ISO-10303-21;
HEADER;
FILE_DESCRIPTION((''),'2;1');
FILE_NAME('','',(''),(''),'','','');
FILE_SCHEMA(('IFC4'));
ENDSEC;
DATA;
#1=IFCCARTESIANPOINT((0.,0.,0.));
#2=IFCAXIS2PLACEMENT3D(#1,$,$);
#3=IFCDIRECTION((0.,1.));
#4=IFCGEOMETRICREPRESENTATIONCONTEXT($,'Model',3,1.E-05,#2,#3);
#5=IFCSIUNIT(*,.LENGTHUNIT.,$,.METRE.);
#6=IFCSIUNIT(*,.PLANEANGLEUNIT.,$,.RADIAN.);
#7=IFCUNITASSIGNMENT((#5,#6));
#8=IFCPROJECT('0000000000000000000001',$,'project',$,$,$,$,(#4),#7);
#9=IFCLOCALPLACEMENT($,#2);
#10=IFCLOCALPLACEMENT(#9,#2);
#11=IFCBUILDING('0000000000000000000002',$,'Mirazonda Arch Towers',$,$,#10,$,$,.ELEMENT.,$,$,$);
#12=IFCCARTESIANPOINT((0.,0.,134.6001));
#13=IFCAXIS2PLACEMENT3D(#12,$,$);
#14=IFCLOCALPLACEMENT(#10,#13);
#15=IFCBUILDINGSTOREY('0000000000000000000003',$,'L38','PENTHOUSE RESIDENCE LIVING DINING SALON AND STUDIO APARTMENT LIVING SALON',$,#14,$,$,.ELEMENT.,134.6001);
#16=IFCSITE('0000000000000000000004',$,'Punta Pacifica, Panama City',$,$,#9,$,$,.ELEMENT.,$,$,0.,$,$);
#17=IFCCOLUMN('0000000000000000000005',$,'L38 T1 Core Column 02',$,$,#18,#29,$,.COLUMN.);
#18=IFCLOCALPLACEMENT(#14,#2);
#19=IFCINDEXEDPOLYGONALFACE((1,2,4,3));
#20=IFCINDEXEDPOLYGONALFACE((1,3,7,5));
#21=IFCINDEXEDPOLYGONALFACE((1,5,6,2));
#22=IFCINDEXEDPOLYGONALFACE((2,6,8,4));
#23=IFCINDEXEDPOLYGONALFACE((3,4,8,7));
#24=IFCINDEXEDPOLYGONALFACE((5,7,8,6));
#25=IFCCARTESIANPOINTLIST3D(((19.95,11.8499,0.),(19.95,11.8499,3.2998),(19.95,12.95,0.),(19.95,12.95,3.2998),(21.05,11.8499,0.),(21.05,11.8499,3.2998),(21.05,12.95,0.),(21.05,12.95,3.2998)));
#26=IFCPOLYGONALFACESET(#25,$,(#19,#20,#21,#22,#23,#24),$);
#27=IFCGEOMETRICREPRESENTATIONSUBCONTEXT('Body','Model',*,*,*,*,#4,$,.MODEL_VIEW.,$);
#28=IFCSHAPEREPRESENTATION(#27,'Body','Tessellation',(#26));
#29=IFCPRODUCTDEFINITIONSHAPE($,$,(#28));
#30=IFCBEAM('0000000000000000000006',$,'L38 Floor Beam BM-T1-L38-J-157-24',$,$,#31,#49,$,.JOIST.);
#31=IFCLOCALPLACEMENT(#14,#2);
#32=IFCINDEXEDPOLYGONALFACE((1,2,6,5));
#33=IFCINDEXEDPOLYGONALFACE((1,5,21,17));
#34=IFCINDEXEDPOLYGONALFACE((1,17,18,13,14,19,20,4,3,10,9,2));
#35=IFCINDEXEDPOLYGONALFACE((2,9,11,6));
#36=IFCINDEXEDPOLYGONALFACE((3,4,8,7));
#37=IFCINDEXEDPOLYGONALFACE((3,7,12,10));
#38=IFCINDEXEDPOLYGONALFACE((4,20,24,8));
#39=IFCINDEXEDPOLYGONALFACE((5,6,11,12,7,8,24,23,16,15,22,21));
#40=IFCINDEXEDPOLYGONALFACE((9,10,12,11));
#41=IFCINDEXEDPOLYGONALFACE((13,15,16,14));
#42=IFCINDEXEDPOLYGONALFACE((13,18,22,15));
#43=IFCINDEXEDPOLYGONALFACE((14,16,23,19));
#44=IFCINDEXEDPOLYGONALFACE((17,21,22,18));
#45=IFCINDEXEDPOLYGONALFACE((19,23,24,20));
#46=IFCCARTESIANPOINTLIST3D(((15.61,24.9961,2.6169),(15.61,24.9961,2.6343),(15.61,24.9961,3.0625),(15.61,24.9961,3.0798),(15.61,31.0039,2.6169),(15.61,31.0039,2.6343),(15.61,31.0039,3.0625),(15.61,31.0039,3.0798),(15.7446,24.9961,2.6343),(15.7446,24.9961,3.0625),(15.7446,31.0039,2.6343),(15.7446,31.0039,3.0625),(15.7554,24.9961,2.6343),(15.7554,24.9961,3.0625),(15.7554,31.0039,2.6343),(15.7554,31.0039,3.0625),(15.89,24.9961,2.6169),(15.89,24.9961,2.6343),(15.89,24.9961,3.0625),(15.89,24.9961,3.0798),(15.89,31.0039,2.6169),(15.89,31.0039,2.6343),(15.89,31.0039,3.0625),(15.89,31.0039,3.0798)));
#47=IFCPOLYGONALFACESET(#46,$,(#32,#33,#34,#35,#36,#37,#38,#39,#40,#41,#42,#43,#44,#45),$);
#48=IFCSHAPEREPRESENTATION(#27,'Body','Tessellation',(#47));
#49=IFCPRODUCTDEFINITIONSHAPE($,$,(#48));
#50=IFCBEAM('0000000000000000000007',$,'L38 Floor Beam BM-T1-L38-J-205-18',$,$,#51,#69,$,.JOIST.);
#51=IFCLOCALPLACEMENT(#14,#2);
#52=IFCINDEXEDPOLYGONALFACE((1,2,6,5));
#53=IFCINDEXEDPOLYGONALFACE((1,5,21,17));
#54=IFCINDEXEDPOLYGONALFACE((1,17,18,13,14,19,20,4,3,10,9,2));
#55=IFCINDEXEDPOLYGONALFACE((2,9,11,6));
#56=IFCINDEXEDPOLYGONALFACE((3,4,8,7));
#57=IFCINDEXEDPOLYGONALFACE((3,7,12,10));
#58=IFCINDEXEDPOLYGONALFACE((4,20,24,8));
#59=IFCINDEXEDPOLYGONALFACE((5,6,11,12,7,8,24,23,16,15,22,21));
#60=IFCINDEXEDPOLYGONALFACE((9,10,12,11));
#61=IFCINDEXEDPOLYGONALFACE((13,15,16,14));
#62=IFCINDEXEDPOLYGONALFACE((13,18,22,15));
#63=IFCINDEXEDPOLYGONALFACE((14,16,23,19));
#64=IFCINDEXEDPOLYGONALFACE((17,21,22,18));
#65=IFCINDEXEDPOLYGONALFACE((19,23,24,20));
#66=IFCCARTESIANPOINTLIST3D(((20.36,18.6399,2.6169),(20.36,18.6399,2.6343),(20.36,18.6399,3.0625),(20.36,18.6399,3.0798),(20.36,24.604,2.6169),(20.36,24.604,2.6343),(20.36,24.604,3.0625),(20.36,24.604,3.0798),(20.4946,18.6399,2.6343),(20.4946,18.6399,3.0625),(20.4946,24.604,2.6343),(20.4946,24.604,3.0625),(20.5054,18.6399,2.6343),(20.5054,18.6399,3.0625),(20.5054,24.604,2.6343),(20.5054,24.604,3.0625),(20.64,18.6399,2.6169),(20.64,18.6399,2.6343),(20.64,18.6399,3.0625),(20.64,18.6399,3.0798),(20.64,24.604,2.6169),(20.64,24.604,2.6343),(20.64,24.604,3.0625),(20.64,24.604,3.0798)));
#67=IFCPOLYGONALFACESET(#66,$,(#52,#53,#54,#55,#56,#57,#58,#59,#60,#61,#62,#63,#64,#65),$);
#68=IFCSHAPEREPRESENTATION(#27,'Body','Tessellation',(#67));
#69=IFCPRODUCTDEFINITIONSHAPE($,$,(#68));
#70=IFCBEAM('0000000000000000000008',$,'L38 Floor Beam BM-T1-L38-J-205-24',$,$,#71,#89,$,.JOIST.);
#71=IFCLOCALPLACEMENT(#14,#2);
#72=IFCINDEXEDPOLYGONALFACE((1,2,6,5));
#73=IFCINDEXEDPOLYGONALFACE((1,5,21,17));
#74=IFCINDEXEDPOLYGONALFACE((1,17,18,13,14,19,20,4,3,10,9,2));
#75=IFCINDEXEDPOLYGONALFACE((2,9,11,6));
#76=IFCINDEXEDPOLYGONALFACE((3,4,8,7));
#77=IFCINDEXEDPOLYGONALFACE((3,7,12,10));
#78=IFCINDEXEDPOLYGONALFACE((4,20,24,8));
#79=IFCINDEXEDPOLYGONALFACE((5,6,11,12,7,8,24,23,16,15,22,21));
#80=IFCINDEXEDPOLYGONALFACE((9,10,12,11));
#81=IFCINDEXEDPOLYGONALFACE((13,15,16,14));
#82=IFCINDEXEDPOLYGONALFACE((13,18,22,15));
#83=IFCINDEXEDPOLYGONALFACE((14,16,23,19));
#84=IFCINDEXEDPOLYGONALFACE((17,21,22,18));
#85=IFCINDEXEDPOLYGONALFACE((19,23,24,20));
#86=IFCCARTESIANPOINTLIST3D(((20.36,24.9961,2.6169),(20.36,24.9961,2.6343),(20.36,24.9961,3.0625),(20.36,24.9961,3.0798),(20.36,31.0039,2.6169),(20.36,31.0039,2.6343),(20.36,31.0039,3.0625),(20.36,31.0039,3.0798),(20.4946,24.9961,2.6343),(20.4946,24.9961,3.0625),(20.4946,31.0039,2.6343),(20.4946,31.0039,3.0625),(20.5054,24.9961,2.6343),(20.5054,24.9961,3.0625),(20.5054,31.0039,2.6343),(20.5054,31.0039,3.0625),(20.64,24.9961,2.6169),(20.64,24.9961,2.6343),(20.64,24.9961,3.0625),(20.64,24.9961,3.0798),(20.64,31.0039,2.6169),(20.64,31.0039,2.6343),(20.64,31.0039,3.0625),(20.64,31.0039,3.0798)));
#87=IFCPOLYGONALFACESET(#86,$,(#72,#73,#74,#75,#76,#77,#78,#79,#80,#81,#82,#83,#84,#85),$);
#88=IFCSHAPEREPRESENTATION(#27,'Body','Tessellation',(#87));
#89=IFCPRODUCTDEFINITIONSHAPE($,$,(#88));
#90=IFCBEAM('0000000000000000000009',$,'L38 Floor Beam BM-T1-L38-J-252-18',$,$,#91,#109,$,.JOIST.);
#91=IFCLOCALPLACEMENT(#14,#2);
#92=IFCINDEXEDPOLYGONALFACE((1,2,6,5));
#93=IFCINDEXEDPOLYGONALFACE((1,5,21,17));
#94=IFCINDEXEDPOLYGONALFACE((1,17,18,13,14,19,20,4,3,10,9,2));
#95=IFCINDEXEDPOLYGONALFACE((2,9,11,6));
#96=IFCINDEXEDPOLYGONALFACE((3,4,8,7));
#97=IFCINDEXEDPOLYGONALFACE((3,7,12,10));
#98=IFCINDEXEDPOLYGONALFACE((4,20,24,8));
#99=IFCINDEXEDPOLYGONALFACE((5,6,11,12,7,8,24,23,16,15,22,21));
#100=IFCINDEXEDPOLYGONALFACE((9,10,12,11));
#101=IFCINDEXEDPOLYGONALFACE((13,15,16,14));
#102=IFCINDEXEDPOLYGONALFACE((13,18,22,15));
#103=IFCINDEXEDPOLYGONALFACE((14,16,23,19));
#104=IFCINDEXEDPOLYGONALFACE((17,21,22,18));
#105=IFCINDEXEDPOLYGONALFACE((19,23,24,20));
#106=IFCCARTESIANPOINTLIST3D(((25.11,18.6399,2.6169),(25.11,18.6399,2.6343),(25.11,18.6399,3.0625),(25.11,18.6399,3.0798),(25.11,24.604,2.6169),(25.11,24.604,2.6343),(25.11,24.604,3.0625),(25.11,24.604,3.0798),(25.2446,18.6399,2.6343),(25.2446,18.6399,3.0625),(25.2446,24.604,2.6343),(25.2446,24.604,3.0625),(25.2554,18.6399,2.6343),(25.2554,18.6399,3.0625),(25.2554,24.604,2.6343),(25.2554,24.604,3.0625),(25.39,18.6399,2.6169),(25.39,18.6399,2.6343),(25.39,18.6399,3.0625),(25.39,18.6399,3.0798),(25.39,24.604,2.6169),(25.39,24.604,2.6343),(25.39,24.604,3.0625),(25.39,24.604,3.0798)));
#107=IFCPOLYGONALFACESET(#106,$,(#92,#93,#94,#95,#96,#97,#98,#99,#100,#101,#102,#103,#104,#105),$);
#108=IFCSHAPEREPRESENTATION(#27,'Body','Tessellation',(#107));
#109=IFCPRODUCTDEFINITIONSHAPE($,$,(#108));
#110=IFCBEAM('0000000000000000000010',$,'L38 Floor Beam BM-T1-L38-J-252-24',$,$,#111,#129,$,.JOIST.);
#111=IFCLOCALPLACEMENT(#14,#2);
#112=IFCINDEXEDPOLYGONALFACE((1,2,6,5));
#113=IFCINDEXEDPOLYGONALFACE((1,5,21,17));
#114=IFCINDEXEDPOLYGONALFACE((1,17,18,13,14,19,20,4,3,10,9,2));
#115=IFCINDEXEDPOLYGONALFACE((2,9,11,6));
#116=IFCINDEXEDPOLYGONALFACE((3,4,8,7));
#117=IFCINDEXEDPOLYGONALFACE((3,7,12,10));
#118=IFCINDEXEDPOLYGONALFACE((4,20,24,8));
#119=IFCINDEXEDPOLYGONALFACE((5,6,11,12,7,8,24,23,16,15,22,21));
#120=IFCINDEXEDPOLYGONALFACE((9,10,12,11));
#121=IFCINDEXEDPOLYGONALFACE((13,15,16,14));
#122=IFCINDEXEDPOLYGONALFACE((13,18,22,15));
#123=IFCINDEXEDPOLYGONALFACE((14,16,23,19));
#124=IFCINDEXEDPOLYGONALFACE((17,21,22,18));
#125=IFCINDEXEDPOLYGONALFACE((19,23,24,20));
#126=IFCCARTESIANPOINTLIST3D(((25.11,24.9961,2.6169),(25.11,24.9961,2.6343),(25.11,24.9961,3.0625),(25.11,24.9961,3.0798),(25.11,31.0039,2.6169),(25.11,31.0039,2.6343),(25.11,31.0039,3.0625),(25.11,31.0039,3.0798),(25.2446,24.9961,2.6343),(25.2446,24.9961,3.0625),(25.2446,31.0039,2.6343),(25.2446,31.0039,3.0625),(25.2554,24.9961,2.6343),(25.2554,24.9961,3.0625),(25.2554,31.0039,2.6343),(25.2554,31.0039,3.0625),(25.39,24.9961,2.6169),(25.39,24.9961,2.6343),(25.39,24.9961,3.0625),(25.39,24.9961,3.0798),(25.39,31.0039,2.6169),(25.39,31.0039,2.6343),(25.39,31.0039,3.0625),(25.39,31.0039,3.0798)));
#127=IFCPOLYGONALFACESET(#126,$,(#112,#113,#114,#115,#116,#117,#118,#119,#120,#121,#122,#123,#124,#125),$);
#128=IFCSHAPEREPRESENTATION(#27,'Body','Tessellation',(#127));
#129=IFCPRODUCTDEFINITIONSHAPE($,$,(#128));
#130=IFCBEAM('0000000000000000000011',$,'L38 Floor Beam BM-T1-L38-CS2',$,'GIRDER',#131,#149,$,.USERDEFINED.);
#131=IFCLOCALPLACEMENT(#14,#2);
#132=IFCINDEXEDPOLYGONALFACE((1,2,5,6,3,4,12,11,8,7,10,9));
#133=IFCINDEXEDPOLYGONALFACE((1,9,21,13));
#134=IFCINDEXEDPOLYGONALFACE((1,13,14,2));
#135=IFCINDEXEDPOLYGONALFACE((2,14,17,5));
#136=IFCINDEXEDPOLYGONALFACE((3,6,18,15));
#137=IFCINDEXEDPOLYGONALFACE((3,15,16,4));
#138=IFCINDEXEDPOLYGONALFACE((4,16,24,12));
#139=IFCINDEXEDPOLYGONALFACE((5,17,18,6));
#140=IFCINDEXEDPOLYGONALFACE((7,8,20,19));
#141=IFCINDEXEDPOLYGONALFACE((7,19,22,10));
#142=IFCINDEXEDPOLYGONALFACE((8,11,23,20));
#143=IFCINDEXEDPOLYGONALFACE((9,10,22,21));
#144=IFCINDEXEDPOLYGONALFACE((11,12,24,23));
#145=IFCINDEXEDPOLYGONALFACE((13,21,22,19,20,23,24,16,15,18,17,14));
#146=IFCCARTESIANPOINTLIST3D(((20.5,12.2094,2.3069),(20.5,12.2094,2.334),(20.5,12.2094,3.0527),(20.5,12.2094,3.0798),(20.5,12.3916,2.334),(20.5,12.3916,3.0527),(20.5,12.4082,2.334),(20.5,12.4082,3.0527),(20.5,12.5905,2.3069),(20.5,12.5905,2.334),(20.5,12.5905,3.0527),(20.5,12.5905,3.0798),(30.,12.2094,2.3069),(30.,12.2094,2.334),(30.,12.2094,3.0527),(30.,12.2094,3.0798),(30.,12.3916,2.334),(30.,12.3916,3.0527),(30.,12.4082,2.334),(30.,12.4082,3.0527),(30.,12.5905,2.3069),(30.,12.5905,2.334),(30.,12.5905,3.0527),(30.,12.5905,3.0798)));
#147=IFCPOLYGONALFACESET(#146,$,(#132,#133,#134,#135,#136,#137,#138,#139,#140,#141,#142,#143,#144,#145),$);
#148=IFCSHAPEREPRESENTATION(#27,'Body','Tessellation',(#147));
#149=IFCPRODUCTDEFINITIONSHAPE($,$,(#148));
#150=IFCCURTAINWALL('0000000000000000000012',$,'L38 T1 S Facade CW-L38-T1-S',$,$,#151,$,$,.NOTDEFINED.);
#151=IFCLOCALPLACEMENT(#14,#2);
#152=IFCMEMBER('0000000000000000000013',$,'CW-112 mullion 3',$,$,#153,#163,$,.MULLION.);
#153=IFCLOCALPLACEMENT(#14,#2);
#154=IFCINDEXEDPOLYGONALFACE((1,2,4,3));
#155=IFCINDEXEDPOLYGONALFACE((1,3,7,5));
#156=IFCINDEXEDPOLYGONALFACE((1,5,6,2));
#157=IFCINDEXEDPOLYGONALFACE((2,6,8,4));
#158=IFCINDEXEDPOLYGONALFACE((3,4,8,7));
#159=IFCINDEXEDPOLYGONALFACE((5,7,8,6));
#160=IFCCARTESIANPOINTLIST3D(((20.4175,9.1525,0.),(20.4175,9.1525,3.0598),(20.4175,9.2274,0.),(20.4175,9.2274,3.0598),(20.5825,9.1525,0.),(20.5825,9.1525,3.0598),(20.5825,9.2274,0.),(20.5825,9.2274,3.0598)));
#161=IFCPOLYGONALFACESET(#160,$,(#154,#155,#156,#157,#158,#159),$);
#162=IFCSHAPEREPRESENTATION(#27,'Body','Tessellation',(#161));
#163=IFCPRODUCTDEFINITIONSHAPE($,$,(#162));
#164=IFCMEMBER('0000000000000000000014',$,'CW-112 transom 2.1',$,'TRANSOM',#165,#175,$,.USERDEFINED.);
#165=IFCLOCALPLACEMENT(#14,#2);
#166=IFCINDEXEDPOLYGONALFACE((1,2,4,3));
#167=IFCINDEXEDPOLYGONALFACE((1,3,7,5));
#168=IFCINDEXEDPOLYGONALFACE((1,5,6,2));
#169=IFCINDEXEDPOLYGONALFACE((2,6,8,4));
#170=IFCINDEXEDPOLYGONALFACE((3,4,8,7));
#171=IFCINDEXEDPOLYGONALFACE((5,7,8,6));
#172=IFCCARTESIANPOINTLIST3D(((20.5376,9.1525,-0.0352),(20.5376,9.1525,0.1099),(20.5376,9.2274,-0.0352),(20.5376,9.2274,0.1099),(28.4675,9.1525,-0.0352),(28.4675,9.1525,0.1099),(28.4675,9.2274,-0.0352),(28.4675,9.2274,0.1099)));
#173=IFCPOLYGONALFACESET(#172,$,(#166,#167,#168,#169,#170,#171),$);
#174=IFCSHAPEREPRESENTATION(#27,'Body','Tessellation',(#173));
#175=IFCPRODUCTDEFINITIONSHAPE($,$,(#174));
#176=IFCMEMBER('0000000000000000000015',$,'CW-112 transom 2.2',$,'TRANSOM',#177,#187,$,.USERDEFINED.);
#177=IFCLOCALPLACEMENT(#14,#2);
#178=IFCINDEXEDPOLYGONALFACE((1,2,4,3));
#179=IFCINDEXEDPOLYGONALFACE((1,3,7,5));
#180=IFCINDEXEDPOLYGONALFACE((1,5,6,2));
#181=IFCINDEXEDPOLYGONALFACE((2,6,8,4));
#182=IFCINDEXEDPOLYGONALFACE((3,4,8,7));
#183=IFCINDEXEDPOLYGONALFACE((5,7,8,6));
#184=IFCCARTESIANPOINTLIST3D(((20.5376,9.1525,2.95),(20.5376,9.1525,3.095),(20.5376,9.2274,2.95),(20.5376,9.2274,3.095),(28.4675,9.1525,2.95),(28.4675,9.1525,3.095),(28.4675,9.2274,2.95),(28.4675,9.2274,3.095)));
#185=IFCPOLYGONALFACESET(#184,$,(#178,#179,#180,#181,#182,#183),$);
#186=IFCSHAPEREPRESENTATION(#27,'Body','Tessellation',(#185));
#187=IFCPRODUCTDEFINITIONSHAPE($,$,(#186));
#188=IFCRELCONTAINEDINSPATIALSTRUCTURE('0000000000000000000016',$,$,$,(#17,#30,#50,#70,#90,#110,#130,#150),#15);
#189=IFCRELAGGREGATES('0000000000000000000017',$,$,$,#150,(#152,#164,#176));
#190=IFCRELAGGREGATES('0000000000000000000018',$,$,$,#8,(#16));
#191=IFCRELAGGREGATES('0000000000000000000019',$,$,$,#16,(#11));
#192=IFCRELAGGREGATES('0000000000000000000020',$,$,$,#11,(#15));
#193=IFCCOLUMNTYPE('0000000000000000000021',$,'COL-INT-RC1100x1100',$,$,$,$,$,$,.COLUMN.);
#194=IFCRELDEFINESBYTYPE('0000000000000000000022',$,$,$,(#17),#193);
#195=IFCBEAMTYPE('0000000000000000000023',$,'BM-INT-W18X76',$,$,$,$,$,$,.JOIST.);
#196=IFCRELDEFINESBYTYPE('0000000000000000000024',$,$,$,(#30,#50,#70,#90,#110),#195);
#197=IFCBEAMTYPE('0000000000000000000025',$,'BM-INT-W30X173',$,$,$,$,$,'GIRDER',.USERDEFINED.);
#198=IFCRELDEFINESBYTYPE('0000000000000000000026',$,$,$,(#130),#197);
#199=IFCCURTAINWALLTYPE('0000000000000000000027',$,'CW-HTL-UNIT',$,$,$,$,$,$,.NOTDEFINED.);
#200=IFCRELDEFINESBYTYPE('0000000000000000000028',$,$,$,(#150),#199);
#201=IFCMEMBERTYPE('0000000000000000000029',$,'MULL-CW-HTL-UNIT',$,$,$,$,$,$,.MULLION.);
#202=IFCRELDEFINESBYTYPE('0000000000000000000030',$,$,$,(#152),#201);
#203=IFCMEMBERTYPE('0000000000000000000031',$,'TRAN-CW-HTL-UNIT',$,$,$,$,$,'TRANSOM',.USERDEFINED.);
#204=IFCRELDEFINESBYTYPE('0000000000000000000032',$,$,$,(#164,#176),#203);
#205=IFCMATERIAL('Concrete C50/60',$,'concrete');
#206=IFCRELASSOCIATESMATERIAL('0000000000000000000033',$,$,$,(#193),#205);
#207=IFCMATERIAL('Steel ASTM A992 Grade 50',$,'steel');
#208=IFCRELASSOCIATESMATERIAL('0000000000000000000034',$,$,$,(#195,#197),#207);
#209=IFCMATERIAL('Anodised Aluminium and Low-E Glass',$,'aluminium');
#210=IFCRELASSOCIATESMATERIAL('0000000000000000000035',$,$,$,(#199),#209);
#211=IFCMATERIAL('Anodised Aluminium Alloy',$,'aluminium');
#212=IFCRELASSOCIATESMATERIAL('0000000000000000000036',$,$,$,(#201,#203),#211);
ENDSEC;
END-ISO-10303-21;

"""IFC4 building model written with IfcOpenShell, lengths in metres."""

from ifc_helpers import new_model, si_unit, direction, frame, origin, origin_2d, place, context, subcontext, project, spatial, rectangle, i_section, extrude, material, material_profile, profile_set, type_object, element, aggregate, save


model = new_model("IFC4")

# Units and contexts
model_context = context("Model", 3, precision=1e-05, world=origin(), true_north=direction((0.0, 1.0)))
body_context = subcontext(model_context, "Body", "Model", "MODEL_VIEW")
ifc_project = project(units=[si_unit("LENGTHUNIT", "METRE"), si_unit("PLANEANGLEUNIT", "RADIAN")], contexts=[model_context])

# Site, building, storey
site_placement = place(None, origin())
site = spatial("IfcSite", under=ifc_project, at=site_placement, Name="Punta Pacifica, Panama City", CompositionType="ELEMENT", RefElevation=0.0)
building_placement = place(site_placement, origin())
building = spatial("IfcBuilding", under=site, at=building_placement, Name="Mirazonda Arch Towers", CompositionType="ELEMENT")
storey_placement = place(building_placement, frame((0.0, 0.0, 134.6001)))
storey = spatial("IfcBuildingStorey", under=building, at=storey_placement, Name="L38", Description="PENTHOUSE RESIDENCE LIVING DINING SALON AND STUDIO APARTMENT LIVING SALON", CompositionType="ELEMENT", Elevation=134.6001)

# Column
ifc_material_1 = material(Name="Concrete C50/60", Category="concrete")
ifc_material_profile_1 = material_profile(ifc_material_1, rectangle(XDim=1.1001, YDim=1.1001, at=origin_2d()), Name="RC1100x1100")
ifc_profile_set_1 = profile_set([ifc_material_profile_1], Name="Concrete C50/60")
column_type = type_object("IfcColumnType", Name="COL-INT-RC1100x1100", PredefinedType="COLUMN", material=ifc_profile_set_1)
column_placement = place(storey_placement, frame((20.5, 12.3999, 0.0), z_axis=(0.0, 0.0, 1.0), x_axis=(1.0, 0.0, 0.0)))
element("IfcColumn", 1, at=column_placement, inside=storey, type_object=column_type, Name="L38 T1 Core Column 02", PredefinedType="COLUMN", context=body_context, shape_type="SweptSolid", body=[
    extrude(rectangle(XDim=1.1001, YDim=1.1001, at=origin_2d()), origin(), (0.0, 0.0, 1.0), 3.2998),
])

# Beams
ifc_material_2 = material(Name="Steel ASTM A992 Grade 50", Category="steel")
ifc_material_profile_2 = material_profile(ifc_material_2, i_section(OverallWidth=0.28, OverallDepth=0.4629, WebThickness=0.0107, FlangeThickness=0.0173, at=origin_2d()), Name="W18X76")
ifc_profile_set_2 = profile_set([ifc_material_profile_2], Name="Steel ASTM A992 Grade 50")
beam_type_1 = type_object("IfcBeamType", Name="BM-INT-W18X76", PredefinedType="JOIST", material=ifc_profile_set_2)
beam_1_placement = place(storey_placement, frame((15.75, 24.9961, 2.8484), z_axis=(0.0, 1.0, 0.0), x_axis=(-1.0, 0.0, 0.0)))
element("IfcBeam", 2, at=beam_1_placement, inside=storey, type_object=beam_type_1, Name="L38 Floor Beam BM-T1-L38-J-157-24", PredefinedType="JOIST", context=body_context, shape_type="SweptSolid", body=[
    extrude(i_section(OverallWidth=0.28, OverallDepth=0.4629, WebThickness=0.0107, FlangeThickness=0.0173, at=origin_2d()), origin(), (0.0, 0.0, 1.0), 6.0078),
])
beam_2_placement = place(storey_placement, frame((20.5, 18.6399, 2.8484), z_axis=(0.0, 1.0, 0.0), x_axis=(-1.0, 0.0, 0.0)))
element("IfcBeam", 3, at=beam_2_placement, inside=storey, type_object=beam_type_1, Name="L38 Floor Beam BM-T1-L38-J-205-18", PredefinedType="JOIST", context=body_context, shape_type="SweptSolid", body=[
    extrude(i_section(OverallWidth=0.28, OverallDepth=0.4629, WebThickness=0.0107, FlangeThickness=0.0173, at=origin_2d()), origin(), (0.0, 0.0, 1.0), 5.9641),
])
beam_3_placement = place(storey_placement, frame((20.5, 24.9961, 2.8484), z_axis=(0.0, 1.0, 0.0), x_axis=(-1.0, 0.0, 0.0)))
element("IfcBeam", 4, at=beam_3_placement, inside=storey, type_object=beam_type_1, Name="L38 Floor Beam BM-T1-L38-J-205-24", PredefinedType="JOIST", context=body_context, shape_type="SweptSolid", body=[
    extrude(i_section(OverallWidth=0.28, OverallDepth=0.4629, WebThickness=0.0107, FlangeThickness=0.0173, at=origin_2d()), origin(), (0.0, 0.0, 1.0), 6.0078),
])
beam_4_placement = place(storey_placement, frame((25.25, 18.6399, 2.8484), z_axis=(0.0, 1.0, 0.0), x_axis=(-1.0, 0.0, 0.0)))
element("IfcBeam", 5, at=beam_4_placement, inside=storey, type_object=beam_type_1, Name="L38 Floor Beam BM-T1-L38-J-252-18", PredefinedType="JOIST", context=body_context, shape_type="SweptSolid", body=[
    extrude(i_section(OverallWidth=0.28, OverallDepth=0.4629, WebThickness=0.0107, FlangeThickness=0.0173, at=origin_2d()), origin(), (0.0, 0.0, 1.0), 5.9641),
])
beam_5_placement = place(storey_placement, frame((25.25, 24.9961, 2.8484), z_axis=(0.0, 1.0, 0.0), x_axis=(-1.0, 0.0, 0.0)))
element("IfcBeam", 6, at=beam_5_placement, inside=storey, type_object=beam_type_1, Name="L38 Floor Beam BM-T1-L38-J-252-24", PredefinedType="JOIST", context=body_context, shape_type="SweptSolid", body=[
    extrude(i_section(OverallWidth=0.28, OverallDepth=0.4629, WebThickness=0.0107, FlangeThickness=0.0173, at=origin_2d()), origin(), (0.0, 0.0, 1.0), 6.0078),
])
ifc_material_profile_3 = material_profile(ifc_material_2, i_section(OverallWidth=0.3811, OverallDepth=0.7729, WebThickness=0.0166, FlangeThickness=0.0271, at=origin_2d()), Name="W30X173")
ifc_profile_set_3 = profile_set([ifc_material_profile_3], Name="Steel ASTM A992 Grade 50")
beam_type_2 = type_object("IfcBeamType", Name="BM-INT-W30X173", ElementType="GIRDER", PredefinedType="USERDEFINED", material=ifc_profile_set_3)
beam_6_placement = place(storey_placement, frame((20.5, 12.3999, 2.6934), z_axis=(1.0, 0.0, 0.0), x_axis=(0.0, 1.0, 0.0)))
element("IfcBeam", 7, at=beam_6_placement, inside=storey, type_object=beam_type_2, Name="L38 Floor Beam BM-T1-L38-CS2", ObjectType="GIRDER", PredefinedType="USERDEFINED", context=body_context, shape_type="SweptSolid", body=[
    extrude(i_section(OverallWidth=0.3811, OverallDepth=0.7729, WebThickness=0.0166, FlangeThickness=0.0271, at=origin_2d()), origin(), (0.0, 0.0, 1.0), 9.5),
])

# Curtain wall, members
ifc_material_3 = material(Name="Anodised Aluminium and Low-E Glass", Category="aluminium")
curtain_wall_type = type_object("IfcCurtainWallType", Name="CW-HTL-UNIT", PredefinedType="NOTDEFINED", material=ifc_material_3)
curtain_wall_placement = place(storey_placement, origin())
curtain_wall = element("IfcCurtainWall", 8, at=curtain_wall_placement, inside=storey, type_object=curtain_wall_type, Name="L38 T1 S Facade CW-L38-T1-S", PredefinedType="NOTDEFINED")
ifc_material_4 = material(Name="Anodised Aluminium Alloy", Category="aluminium")
ifc_material_profile_4 = material_profile(ifc_material_4, rectangle(XDim=0.075, YDim=0.165, at=origin_2d()), Name="ALU-MULL-75x165")
ifc_profile_set_4 = profile_set([ifc_material_profile_4], Name="Anodised Aluminium Alloy")
member_type_1 = type_object("IfcMemberType", Name="MULL-CW-HTL-UNIT", PredefinedType="MULLION", material=ifc_profile_set_4)
member_1_placement = place(storey_placement, frame((20.5, 9.1899, 0.0), z_axis=(0.0, 0.0, 1.0), x_axis=(0.0, -1.0, 0.0)))
member_1 = element("IfcMember", 9, at=member_1_placement, type_object=member_type_1, Name="CW-112 mullion 3", PredefinedType="MULLION", context=body_context, shape_type="SweptSolid", body=[
    extrude(rectangle(XDim=0.075, YDim=0.165, at=origin_2d()), origin(), (0.0, 0.0, 1.0), 3.0598),
])
ifc_material_profile_5 = material_profile(ifc_material_4, rectangle(XDim=0.075, YDim=0.145, at=origin_2d()), Name="ALU-TRAN-75x145")
ifc_profile_set_5 = profile_set([ifc_material_profile_5], Name="Anodised Aluminium Alloy")
member_type_2 = type_object("IfcMemberType", Name="TRAN-CW-HTL-UNIT", ElementType="TRANSOM", PredefinedType="USERDEFINED", material=ifc_profile_set_5)
member_2_placement = place(storey_placement, frame((28.4675, 9.1899, 0.0374), z_axis=(-1.0, 0.0, 0.0), x_axis=(0.0, -1.0, 0.0)))
member_2 = element("IfcMember", 10, at=member_2_placement, type_object=member_type_2, Name="CW-112 transom 2.1", ObjectType="TRANSOM", PredefinedType="USERDEFINED", context=body_context, shape_type="SweptSolid", body=[
    extrude(rectangle(XDim=0.075, YDim=0.145, at=origin_2d()), origin(), (0.0, 0.0, 1.0), 7.9299),
])
member_3_placement = place(storey_placement, frame((28.4675, 9.1899, 3.0225), z_axis=(-1.0, 0.0, 0.0), x_axis=(0.0, -1.0, 0.0)))
member_3 = element("IfcMember", 11, at=member_3_placement, type_object=member_type_2, Name="CW-112 transom 2.2", ObjectType="TRANSOM", PredefinedType="USERDEFINED", context=body_context, shape_type="SweptSolid", body=[
    extrude(rectangle(XDim=0.075, YDim=0.145, at=origin_2d()), origin(), (0.0, 0.0, 1.0), 7.9299),
])
aggregate(curtain_wall, [member_1, member_2, member_3])

save(model, "model.ifc")
